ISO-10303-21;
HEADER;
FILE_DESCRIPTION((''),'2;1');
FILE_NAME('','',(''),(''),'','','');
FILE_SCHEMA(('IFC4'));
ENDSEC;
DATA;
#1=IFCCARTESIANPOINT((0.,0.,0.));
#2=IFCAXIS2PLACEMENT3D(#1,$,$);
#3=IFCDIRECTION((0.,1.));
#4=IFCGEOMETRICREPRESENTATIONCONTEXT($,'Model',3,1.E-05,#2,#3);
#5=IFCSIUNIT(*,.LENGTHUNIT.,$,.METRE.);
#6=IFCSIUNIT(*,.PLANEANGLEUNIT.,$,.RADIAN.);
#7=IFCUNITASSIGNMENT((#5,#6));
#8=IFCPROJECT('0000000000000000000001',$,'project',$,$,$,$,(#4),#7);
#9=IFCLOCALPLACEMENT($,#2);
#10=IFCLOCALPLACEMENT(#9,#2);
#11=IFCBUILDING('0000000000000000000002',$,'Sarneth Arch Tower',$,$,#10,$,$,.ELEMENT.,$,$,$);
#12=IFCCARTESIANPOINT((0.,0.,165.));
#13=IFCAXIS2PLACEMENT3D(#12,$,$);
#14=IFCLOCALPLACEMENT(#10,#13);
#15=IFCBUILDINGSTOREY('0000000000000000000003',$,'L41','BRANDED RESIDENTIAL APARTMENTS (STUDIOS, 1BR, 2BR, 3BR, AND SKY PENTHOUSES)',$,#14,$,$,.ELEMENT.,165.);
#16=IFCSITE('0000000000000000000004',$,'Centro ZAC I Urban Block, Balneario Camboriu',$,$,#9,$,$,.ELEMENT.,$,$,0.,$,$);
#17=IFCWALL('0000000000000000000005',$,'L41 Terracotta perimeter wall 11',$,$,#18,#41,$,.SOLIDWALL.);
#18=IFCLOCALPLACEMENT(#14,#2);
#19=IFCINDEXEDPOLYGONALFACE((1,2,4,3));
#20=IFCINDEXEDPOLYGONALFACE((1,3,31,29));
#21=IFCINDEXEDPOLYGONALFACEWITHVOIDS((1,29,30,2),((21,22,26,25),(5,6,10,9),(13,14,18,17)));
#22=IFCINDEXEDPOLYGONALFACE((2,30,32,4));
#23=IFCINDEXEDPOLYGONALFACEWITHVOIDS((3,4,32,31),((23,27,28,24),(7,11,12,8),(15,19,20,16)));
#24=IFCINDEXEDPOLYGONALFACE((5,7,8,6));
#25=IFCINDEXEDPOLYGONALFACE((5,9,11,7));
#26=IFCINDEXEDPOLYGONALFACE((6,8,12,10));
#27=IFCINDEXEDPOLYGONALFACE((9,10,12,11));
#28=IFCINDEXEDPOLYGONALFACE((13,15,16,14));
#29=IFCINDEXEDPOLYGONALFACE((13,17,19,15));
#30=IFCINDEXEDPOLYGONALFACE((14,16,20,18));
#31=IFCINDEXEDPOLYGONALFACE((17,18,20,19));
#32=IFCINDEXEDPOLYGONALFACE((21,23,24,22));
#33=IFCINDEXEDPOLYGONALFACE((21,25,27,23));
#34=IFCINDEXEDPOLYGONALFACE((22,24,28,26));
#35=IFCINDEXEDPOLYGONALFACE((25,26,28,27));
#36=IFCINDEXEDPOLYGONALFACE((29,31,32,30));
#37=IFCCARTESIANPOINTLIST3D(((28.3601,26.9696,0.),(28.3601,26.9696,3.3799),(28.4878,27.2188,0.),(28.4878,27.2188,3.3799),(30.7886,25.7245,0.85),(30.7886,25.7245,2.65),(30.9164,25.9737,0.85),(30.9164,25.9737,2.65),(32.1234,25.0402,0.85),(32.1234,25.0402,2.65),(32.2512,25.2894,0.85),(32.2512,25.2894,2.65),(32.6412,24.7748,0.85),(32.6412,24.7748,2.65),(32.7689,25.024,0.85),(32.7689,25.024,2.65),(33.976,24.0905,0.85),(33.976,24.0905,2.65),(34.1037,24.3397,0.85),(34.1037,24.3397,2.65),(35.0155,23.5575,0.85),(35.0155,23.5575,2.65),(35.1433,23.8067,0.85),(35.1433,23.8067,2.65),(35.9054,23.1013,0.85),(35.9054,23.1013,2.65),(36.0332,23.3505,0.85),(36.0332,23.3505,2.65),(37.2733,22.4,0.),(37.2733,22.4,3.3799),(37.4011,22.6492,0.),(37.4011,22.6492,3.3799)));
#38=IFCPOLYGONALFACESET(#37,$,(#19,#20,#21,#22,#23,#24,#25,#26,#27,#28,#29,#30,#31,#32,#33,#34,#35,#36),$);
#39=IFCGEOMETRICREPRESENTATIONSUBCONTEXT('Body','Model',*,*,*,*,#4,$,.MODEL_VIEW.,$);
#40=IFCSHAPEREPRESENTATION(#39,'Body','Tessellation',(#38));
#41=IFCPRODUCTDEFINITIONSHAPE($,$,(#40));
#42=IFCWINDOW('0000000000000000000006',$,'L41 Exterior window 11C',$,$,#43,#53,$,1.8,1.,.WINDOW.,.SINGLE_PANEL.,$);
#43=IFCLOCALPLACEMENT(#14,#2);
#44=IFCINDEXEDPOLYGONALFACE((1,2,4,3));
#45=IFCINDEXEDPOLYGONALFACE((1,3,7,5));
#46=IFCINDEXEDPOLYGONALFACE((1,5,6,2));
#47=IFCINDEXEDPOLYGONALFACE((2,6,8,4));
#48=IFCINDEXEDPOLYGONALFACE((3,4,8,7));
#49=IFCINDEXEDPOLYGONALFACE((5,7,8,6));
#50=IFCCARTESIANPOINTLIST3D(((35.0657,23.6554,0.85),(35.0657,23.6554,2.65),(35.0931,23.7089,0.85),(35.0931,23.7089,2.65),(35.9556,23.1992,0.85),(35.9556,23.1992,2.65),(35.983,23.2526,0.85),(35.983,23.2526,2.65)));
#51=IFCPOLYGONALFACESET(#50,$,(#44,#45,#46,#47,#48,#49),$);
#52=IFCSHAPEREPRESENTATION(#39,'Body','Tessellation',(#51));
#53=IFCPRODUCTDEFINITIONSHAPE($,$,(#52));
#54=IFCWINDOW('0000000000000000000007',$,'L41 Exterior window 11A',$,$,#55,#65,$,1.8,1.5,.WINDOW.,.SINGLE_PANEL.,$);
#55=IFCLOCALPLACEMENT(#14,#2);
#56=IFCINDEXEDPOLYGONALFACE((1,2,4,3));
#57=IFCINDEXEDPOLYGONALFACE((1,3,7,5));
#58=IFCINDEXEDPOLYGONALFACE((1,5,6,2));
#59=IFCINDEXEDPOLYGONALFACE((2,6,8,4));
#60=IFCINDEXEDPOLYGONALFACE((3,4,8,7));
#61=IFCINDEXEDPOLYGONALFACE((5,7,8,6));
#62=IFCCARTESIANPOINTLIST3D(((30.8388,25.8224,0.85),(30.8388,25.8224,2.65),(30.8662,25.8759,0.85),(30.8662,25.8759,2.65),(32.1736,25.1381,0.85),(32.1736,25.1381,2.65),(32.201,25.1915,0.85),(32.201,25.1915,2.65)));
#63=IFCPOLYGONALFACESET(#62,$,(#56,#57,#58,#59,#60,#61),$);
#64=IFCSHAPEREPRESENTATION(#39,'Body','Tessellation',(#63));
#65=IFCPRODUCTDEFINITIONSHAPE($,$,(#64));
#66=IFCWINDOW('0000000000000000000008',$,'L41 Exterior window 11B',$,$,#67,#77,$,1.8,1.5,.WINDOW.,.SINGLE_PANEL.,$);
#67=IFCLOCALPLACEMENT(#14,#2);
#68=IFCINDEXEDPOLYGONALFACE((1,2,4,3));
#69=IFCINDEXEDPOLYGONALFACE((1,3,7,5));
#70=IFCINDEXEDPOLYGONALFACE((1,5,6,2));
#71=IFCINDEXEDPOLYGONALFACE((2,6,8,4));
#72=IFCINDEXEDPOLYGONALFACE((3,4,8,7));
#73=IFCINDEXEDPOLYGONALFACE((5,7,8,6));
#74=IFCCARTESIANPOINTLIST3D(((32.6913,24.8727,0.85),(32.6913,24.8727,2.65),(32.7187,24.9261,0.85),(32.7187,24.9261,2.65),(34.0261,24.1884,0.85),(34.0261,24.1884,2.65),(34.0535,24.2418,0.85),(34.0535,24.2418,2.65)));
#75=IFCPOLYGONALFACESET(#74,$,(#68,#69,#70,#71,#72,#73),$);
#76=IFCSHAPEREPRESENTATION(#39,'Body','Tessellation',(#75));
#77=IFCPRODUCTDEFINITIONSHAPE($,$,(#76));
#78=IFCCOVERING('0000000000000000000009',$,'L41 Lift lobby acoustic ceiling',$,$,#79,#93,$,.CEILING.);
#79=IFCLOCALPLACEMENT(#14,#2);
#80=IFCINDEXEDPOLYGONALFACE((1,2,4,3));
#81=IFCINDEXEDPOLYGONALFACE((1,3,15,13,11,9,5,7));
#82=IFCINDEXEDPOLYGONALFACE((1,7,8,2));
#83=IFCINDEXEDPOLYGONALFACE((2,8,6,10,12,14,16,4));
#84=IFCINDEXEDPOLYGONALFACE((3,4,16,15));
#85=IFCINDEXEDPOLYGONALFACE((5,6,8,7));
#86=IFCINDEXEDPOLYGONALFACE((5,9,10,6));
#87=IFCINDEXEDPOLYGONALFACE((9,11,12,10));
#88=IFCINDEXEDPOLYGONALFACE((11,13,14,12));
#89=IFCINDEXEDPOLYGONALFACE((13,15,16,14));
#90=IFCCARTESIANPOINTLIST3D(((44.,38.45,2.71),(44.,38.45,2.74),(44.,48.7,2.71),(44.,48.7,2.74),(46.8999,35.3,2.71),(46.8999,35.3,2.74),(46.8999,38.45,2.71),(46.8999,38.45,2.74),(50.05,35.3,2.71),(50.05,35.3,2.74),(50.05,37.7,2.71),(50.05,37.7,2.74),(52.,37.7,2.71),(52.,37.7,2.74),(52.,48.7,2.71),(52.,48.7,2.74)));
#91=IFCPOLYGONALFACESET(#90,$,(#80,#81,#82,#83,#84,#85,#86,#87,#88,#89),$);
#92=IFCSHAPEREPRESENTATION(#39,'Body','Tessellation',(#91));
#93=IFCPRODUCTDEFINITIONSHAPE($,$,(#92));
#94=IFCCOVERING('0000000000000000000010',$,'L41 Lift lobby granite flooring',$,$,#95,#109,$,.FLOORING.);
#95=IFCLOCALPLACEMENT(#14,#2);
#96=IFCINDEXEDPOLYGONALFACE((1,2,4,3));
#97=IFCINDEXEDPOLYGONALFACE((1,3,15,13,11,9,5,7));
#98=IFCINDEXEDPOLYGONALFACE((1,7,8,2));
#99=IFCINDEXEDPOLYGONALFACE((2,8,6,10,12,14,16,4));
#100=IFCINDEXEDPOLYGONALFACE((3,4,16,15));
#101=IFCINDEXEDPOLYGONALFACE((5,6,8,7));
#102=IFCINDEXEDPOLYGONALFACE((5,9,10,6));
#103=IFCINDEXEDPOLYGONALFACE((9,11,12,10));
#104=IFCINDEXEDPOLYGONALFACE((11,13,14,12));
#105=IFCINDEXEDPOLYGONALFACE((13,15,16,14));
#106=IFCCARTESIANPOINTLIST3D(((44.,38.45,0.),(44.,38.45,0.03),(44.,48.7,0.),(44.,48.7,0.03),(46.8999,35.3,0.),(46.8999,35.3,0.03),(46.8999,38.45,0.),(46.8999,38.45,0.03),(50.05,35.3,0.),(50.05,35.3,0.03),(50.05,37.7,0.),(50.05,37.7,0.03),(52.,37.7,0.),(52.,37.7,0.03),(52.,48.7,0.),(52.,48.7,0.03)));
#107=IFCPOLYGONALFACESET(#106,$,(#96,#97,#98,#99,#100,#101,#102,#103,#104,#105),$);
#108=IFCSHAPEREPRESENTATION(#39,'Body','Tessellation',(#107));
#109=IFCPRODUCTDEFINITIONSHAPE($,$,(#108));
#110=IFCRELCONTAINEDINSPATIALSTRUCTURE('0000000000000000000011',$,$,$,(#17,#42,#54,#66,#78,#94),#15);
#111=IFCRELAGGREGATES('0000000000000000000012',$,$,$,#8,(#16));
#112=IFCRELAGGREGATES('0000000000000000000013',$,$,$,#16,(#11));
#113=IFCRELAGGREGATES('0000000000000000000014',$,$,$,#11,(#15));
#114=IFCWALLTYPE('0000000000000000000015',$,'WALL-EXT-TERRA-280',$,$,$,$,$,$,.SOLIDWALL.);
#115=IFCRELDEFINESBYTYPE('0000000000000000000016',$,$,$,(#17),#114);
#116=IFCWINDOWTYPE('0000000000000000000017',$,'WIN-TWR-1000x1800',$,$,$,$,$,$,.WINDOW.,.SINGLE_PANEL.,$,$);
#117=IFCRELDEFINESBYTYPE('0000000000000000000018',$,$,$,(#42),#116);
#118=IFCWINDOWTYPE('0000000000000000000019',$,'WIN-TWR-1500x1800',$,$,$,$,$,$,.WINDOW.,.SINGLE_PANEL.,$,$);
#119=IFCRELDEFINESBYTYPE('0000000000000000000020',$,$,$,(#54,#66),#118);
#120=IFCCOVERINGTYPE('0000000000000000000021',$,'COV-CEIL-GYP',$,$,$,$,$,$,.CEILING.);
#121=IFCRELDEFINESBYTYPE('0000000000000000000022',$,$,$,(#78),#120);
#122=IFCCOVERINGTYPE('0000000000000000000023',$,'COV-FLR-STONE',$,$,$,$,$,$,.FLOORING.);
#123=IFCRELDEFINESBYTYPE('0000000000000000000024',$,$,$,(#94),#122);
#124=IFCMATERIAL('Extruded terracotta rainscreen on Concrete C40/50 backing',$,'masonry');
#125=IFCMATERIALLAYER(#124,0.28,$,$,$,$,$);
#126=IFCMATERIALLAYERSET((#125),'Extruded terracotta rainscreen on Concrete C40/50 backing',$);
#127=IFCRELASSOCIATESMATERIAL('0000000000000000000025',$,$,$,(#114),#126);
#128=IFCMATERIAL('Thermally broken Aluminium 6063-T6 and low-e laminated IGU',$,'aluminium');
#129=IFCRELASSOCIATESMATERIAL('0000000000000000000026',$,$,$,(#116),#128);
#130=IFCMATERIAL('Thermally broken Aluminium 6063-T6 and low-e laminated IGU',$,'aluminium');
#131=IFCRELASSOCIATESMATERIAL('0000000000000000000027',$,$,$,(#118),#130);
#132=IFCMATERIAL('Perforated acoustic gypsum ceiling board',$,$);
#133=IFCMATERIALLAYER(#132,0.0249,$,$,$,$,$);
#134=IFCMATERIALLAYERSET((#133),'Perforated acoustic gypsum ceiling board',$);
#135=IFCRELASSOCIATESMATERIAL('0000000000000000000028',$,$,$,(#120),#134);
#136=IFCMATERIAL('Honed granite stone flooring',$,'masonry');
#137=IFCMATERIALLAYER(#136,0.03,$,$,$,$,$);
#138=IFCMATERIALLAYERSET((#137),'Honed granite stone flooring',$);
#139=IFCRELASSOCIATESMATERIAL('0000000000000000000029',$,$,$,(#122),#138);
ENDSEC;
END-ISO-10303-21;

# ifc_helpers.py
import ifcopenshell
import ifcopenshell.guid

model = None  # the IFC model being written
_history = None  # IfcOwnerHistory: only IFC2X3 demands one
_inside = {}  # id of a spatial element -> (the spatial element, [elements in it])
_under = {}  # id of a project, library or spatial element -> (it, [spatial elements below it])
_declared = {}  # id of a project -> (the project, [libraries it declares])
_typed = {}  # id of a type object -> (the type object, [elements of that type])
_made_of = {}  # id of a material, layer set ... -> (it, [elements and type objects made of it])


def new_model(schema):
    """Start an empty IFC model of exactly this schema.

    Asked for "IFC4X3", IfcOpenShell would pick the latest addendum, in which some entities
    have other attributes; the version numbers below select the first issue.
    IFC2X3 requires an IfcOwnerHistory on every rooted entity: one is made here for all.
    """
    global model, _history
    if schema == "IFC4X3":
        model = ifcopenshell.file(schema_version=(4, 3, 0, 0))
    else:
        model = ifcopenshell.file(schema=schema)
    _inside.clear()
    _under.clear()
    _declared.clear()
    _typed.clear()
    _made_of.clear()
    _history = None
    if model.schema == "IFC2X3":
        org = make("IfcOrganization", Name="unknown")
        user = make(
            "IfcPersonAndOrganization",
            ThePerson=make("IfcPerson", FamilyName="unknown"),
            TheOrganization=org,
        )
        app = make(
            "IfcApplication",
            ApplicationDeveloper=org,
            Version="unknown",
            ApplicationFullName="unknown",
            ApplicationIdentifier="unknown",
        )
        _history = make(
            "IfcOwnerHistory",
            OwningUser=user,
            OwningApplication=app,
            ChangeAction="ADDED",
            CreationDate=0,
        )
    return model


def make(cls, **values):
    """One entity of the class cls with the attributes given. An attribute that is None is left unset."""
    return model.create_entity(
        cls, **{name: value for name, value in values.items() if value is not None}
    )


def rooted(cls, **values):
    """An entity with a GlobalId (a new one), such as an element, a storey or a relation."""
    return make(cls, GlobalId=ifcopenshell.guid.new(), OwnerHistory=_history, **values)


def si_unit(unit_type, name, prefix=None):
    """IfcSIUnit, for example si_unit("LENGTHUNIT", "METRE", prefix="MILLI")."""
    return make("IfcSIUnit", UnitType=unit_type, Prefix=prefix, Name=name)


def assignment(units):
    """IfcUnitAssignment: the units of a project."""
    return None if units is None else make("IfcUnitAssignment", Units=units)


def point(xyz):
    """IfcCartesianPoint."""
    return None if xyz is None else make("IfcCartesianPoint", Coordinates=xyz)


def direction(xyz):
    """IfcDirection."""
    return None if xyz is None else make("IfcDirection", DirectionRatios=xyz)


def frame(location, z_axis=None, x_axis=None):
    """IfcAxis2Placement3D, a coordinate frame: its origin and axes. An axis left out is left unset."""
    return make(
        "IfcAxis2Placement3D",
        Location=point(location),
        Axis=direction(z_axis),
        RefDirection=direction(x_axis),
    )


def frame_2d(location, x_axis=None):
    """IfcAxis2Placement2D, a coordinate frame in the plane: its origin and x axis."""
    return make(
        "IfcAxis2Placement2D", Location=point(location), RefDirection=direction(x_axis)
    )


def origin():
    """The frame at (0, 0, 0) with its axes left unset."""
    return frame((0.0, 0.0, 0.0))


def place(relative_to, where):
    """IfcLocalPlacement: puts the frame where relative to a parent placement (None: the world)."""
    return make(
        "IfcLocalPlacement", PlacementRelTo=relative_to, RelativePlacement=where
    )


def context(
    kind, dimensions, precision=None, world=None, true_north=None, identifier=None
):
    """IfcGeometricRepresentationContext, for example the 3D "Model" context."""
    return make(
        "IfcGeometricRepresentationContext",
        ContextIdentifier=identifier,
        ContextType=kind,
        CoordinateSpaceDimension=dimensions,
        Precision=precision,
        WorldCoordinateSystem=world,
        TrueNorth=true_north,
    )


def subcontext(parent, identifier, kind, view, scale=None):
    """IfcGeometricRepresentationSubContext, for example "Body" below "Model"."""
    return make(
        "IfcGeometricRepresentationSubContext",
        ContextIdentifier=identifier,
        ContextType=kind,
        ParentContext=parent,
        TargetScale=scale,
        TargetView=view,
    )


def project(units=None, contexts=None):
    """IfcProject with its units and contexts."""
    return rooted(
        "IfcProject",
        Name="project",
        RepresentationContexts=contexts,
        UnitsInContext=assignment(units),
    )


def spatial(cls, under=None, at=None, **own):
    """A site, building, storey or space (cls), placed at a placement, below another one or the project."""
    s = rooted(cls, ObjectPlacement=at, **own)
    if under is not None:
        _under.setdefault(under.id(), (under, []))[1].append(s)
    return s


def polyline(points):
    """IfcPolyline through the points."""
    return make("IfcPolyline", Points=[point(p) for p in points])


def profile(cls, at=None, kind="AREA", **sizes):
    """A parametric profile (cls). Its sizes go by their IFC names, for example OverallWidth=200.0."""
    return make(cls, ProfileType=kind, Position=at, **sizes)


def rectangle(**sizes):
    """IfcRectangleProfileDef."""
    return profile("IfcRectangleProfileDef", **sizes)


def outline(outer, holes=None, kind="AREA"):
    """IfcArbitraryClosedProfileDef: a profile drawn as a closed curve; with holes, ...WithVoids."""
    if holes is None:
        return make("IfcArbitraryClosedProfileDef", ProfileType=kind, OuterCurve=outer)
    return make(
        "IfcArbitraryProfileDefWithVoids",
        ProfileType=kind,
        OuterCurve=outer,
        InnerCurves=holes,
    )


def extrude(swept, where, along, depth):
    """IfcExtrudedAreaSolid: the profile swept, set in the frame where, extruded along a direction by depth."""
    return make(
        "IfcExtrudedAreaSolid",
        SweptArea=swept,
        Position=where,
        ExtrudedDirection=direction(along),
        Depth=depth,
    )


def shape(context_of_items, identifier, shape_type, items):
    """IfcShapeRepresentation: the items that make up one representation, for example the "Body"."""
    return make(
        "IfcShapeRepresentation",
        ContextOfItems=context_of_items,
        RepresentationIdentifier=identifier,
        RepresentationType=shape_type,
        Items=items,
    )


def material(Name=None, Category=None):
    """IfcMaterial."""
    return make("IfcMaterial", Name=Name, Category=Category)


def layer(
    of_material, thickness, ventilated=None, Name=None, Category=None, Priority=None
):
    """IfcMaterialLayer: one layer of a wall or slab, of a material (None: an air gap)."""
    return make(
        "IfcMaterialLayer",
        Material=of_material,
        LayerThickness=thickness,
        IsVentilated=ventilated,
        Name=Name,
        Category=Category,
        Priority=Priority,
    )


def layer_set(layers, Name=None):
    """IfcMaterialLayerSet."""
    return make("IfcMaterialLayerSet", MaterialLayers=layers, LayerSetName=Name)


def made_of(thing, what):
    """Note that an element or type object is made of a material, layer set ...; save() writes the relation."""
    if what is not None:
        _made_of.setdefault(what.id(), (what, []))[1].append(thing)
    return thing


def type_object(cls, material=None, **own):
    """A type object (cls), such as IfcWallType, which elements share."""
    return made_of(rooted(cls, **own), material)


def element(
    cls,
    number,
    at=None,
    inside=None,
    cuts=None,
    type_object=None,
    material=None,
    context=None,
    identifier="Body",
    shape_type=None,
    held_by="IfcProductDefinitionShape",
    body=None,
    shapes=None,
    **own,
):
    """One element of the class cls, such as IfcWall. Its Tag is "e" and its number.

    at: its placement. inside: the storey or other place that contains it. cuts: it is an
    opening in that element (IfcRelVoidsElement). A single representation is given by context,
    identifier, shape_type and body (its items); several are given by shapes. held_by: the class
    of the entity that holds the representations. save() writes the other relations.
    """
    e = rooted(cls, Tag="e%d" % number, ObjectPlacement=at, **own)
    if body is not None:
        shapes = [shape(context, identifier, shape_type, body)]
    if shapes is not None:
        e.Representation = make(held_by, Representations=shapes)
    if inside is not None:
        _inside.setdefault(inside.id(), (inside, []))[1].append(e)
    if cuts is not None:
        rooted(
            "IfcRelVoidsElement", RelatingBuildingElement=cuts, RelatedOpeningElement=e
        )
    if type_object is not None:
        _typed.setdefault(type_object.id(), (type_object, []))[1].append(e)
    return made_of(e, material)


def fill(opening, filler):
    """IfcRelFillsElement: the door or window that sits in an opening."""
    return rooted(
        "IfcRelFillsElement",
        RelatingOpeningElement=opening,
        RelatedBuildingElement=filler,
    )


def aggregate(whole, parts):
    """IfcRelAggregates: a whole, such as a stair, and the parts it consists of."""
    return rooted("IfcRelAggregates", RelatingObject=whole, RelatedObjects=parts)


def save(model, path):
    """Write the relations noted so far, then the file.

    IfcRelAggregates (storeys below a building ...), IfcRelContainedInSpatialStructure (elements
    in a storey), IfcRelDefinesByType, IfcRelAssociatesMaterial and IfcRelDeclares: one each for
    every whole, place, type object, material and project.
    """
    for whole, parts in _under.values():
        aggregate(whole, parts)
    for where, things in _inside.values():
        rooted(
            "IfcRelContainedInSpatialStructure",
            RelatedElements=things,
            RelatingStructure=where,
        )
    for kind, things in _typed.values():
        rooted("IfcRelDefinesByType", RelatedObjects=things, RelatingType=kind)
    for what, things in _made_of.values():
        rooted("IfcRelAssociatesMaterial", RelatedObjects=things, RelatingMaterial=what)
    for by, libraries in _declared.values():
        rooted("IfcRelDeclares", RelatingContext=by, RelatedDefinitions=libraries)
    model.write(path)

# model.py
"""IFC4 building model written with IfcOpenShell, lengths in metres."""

from ifc_helpers import new_model, si_unit, direction, frame, frame_2d, origin, place, context, subcontext, project, spatial, polyline, rectangle, outline, extrude, material, layer, layer_set, type_object, element, fill, save


model = new_model("IFC4")

# Units and contexts
model_context = context("Model", 3, precision=1e-05, world=origin(), true_north=direction((0.0, 1.0)))
body_context = subcontext(model_context, "Body", "Model", "MODEL_VIEW")
ifc_project = project(units=[si_unit("LENGTHUNIT", "METRE"), si_unit("PLANEANGLEUNIT", "RADIAN")], contexts=[model_context])

# Site, building, storey
site_placement = place(None, origin())
site = spatial("IfcSite", under=ifc_project, at=site_placement, Name="Centro ZAC I Urban Block, Balneario Camboriu", CompositionType="ELEMENT", RefElevation=0.0)
building_placement = place(site_placement, origin())
building = spatial("IfcBuilding", under=site, at=building_placement, Name="Sarneth Arch Tower", CompositionType="ELEMENT")
storey_placement = place(building_placement, frame((0.0, 0.0, 165.0)))
storey = spatial("IfcBuildingStorey", under=building, at=storey_placement, Name="L41", Description="BRANDED RESIDENTIAL APARTMENTS (STUDIOS, 1BR, 2BR, 3BR, AND SKY PENTHOUSES)", CompositionType="ELEMENT", Elevation=165.0)

# Wall, openings, windows
ifc_material_1 = material(Name="Extruded terracotta rainscreen on Concrete C40/50 backing", Category="masonry")
ifc_layer_1 = layer(ifc_material_1, 0.28)
ifc_layer_set_1 = layer_set([ifc_layer_1], Name="Extruded terracotta rainscreen on Concrete C40/50 backing")
wall_type = type_object("IfcWallType", Name="WALL-EXT-TERRA-280", PredefinedType="SOLIDWALL", material=ifc_layer_set_1)
wall_placement = place(storey_placement, frame((28.4238, 27.0942, 0.0), z_axis=(0.0, 0.0, 1.0), x_axis=(0.889873, -0.456209, 0.0)))
wall = element("IfcWall", 1, at=wall_placement, inside=storey, type_object=wall_type, Name="L41 Terracotta perimeter wall 11", PredefinedType="SOLIDWALL", context=body_context, shape_type="SweptSolid", body=[
    extrude(rectangle(XDim=10.0164, YDim=0.28, at=frame_2d((5.0083, 0.0))), origin(), (0.0, 0.0, 1.0), 3.3799),
])
opening_1_placement = place(wall_placement, frame((2.7292, 0.0, 0.8501)))
opening_1 = element("IfcOpeningElement", 2, at=opening_1_placement, cuts=wall, PredefinedType="OPENING", context=body_context, shape_type="SweptSolid", body=[
    extrude(rectangle(XDim=1.5, YDim=1.8, at=frame_2d((0.75, 0.8999))), frame((0.0, 0.1499, 0.0), z_axis=(0.0, -1.0, 0.0), x_axis=(1.0, 0.0, 0.0)), (0.0, 0.0, 1.0), 0.3),
])
opening_2_placement = place(wall_placement, frame((4.811, 0.0, 0.8501)))
opening_2 = element("IfcOpeningElement", 3, at=opening_2_placement, cuts=wall, PredefinedType="OPENING", context=body_context, shape_type="SweptSolid", body=[
    extrude(rectangle(XDim=1.5, YDim=1.8, at=frame_2d((0.75, 0.8999))), frame((0.0, 0.1499, 0.0), z_axis=(0.0, -1.0, 0.0), x_axis=(1.0, 0.0, 0.0)), (0.0, 0.0, 1.0), 0.3),
])
opening_3_placement = place(wall_placement, frame((7.4792, 0.0, 0.8501)))
opening_3 = element("IfcOpeningElement", 4, at=opening_3_placement, cuts=wall, PredefinedType="OPENING", context=body_context, shape_type="SweptSolid", body=[
    extrude(rectangle(XDim=1.0, YDim=1.8, at=frame_2d((0.5, 0.8999))), frame((0.0, 0.1499, 0.0), z_axis=(0.0, -1.0, 0.0), x_axis=(1.0, 0.0, 0.0)), (0.0, 0.0, 1.0), 0.3),
])
ifc_material_2 = material(Name="Thermally broken Aluminium 6063-T6 and low-e laminated IGU", Category="aluminium")
window_type_1 = type_object("IfcWindowType", Name="WIN-TWR-1000x1800", PartitioningType="SINGLE_PANEL", PredefinedType="WINDOW", material=ifc_material_2)
window_1_placement = place(opening_3_placement, origin())
window_1 = element("IfcWindow", 5, at=window_1_placement, inside=storey, type_object=window_type_1, Name="L41 Exterior window 11C", OverallHeight=1.8, OverallWidth=1.0, PartitioningType="SINGLE_PANEL", PredefinedType="WINDOW", context=body_context, shape_type="SweptSolid", body=[
    extrude(rectangle(XDim=1.0, YDim=1.8, at=frame_2d((0.5, 0.8999))), frame((0.0, 0.03, 0.0), z_axis=(0.0, -1.0, 0.0), x_axis=(1.0, 0.0, 0.0)), (0.0, 0.0, 1.0), 0.0601),
])
fill(opening_3, window_1)
ifc_material_3 = material(Name="Thermally broken Aluminium 6063-T6 and low-e laminated IGU", Category="aluminium")
window_type_2 = type_object("IfcWindowType", Name="WIN-TWR-1500x1800", PartitioningType="SINGLE_PANEL", PredefinedType="WINDOW", material=ifc_material_3)
window_2_placement = place(opening_1_placement, origin())
window_2 = element("IfcWindow", 6, at=window_2_placement, inside=storey, type_object=window_type_2, Name="L41 Exterior window 11A", OverallHeight=1.8, OverallWidth=1.5, PartitioningType="SINGLE_PANEL", PredefinedType="WINDOW", context=body_context, shape_type="SweptSolid", body=[
    extrude(rectangle(XDim=1.5, YDim=1.8, at=frame_2d((0.75, 0.8999))), frame((0.0, 0.03, 0.0), z_axis=(0.0, -1.0, 0.0), x_axis=(1.0, 0.0, 0.0)), (0.0, 0.0, 1.0), 0.0601),
])
fill(opening_1, window_2)
window_3_placement = place(opening_2_placement, origin())
window_3 = element("IfcWindow", 7, at=window_3_placement, inside=storey, type_object=window_type_2, Name="L41 Exterior window 11B", OverallHeight=1.8, OverallWidth=1.5, PartitioningType="SINGLE_PANEL", PredefinedType="WINDOW", context=body_context, shape_type="SweptSolid", body=[
    extrude(rectangle(XDim=1.5, YDim=1.8, at=frame_2d((0.75, 0.8999))), frame((0.0, 0.03, 0.0), z_axis=(0.0, -1.0, 0.0), x_axis=(1.0, 0.0, 0.0)), (0.0, 0.0, 1.0), 0.0601),
])
fill(opening_2, window_3)

# Coverings
ifc_material_4 = material(Name="Perforated acoustic gypsum ceiling board")
ifc_layer_2 = layer(ifc_material_4, 0.0249)
ifc_layer_set_2 = layer_set([ifc_layer_2], Name="Perforated acoustic gypsum ceiling board")
covering_type_1 = type_object("IfcCoveringType", Name="COV-CEIL-GYP", PredefinedType="CEILING", material=ifc_layer_set_2)
covering_1_placement = place(storey_placement, frame((0.0, 0.0, 2.71)))
element("IfcCovering", 8, at=covering_1_placement, inside=storey, type_object=covering_type_1, Name="L41 Lift lobby acoustic ceiling", PredefinedType="CEILING", context=body_context, shape_type="SweptSolid", body=[
    extrude(outline(polyline([(52.0, 37.7), (50.05, 37.7), (50.05, 35.3), (46.8999, 35.3), (46.8999, 38.45), (44.0, 38.45), (44.0, 48.7), (52.0, 48.7), (52.0, 37.7)])), origin(), (0.0, 0.0, 1.0), 0.03),
])
ifc_material_5 = material(Name="Honed granite stone flooring", Category="masonry")
ifc_layer_3 = layer(ifc_material_5, 0.03)
ifc_layer_set_3 = layer_set([ifc_layer_3], Name="Honed granite stone flooring")
covering_type_2 = type_object("IfcCoveringType", Name="COV-FLR-STONE", PredefinedType="FLOORING", material=ifc_layer_set_3)
covering_2_placement = place(storey_placement, origin())
element("IfcCovering", 9, at=covering_2_placement, inside=storey, type_object=covering_type_2, Name="L41 Lift lobby granite flooring", PredefinedType="FLOORING", context=body_context, shape_type="SweptSolid", body=[
    extrude(outline(polyline([(52.0, 37.7), (50.05, 37.7), (50.05, 35.3), (46.8999, 35.3), (46.8999, 38.45), (44.0, 38.45), (44.0, 48.7), (52.0, 48.7), (52.0, 37.7)])), origin(), (0.0, 0.0, 1.0), 0.03),
])

save(model, "model.ifc")
